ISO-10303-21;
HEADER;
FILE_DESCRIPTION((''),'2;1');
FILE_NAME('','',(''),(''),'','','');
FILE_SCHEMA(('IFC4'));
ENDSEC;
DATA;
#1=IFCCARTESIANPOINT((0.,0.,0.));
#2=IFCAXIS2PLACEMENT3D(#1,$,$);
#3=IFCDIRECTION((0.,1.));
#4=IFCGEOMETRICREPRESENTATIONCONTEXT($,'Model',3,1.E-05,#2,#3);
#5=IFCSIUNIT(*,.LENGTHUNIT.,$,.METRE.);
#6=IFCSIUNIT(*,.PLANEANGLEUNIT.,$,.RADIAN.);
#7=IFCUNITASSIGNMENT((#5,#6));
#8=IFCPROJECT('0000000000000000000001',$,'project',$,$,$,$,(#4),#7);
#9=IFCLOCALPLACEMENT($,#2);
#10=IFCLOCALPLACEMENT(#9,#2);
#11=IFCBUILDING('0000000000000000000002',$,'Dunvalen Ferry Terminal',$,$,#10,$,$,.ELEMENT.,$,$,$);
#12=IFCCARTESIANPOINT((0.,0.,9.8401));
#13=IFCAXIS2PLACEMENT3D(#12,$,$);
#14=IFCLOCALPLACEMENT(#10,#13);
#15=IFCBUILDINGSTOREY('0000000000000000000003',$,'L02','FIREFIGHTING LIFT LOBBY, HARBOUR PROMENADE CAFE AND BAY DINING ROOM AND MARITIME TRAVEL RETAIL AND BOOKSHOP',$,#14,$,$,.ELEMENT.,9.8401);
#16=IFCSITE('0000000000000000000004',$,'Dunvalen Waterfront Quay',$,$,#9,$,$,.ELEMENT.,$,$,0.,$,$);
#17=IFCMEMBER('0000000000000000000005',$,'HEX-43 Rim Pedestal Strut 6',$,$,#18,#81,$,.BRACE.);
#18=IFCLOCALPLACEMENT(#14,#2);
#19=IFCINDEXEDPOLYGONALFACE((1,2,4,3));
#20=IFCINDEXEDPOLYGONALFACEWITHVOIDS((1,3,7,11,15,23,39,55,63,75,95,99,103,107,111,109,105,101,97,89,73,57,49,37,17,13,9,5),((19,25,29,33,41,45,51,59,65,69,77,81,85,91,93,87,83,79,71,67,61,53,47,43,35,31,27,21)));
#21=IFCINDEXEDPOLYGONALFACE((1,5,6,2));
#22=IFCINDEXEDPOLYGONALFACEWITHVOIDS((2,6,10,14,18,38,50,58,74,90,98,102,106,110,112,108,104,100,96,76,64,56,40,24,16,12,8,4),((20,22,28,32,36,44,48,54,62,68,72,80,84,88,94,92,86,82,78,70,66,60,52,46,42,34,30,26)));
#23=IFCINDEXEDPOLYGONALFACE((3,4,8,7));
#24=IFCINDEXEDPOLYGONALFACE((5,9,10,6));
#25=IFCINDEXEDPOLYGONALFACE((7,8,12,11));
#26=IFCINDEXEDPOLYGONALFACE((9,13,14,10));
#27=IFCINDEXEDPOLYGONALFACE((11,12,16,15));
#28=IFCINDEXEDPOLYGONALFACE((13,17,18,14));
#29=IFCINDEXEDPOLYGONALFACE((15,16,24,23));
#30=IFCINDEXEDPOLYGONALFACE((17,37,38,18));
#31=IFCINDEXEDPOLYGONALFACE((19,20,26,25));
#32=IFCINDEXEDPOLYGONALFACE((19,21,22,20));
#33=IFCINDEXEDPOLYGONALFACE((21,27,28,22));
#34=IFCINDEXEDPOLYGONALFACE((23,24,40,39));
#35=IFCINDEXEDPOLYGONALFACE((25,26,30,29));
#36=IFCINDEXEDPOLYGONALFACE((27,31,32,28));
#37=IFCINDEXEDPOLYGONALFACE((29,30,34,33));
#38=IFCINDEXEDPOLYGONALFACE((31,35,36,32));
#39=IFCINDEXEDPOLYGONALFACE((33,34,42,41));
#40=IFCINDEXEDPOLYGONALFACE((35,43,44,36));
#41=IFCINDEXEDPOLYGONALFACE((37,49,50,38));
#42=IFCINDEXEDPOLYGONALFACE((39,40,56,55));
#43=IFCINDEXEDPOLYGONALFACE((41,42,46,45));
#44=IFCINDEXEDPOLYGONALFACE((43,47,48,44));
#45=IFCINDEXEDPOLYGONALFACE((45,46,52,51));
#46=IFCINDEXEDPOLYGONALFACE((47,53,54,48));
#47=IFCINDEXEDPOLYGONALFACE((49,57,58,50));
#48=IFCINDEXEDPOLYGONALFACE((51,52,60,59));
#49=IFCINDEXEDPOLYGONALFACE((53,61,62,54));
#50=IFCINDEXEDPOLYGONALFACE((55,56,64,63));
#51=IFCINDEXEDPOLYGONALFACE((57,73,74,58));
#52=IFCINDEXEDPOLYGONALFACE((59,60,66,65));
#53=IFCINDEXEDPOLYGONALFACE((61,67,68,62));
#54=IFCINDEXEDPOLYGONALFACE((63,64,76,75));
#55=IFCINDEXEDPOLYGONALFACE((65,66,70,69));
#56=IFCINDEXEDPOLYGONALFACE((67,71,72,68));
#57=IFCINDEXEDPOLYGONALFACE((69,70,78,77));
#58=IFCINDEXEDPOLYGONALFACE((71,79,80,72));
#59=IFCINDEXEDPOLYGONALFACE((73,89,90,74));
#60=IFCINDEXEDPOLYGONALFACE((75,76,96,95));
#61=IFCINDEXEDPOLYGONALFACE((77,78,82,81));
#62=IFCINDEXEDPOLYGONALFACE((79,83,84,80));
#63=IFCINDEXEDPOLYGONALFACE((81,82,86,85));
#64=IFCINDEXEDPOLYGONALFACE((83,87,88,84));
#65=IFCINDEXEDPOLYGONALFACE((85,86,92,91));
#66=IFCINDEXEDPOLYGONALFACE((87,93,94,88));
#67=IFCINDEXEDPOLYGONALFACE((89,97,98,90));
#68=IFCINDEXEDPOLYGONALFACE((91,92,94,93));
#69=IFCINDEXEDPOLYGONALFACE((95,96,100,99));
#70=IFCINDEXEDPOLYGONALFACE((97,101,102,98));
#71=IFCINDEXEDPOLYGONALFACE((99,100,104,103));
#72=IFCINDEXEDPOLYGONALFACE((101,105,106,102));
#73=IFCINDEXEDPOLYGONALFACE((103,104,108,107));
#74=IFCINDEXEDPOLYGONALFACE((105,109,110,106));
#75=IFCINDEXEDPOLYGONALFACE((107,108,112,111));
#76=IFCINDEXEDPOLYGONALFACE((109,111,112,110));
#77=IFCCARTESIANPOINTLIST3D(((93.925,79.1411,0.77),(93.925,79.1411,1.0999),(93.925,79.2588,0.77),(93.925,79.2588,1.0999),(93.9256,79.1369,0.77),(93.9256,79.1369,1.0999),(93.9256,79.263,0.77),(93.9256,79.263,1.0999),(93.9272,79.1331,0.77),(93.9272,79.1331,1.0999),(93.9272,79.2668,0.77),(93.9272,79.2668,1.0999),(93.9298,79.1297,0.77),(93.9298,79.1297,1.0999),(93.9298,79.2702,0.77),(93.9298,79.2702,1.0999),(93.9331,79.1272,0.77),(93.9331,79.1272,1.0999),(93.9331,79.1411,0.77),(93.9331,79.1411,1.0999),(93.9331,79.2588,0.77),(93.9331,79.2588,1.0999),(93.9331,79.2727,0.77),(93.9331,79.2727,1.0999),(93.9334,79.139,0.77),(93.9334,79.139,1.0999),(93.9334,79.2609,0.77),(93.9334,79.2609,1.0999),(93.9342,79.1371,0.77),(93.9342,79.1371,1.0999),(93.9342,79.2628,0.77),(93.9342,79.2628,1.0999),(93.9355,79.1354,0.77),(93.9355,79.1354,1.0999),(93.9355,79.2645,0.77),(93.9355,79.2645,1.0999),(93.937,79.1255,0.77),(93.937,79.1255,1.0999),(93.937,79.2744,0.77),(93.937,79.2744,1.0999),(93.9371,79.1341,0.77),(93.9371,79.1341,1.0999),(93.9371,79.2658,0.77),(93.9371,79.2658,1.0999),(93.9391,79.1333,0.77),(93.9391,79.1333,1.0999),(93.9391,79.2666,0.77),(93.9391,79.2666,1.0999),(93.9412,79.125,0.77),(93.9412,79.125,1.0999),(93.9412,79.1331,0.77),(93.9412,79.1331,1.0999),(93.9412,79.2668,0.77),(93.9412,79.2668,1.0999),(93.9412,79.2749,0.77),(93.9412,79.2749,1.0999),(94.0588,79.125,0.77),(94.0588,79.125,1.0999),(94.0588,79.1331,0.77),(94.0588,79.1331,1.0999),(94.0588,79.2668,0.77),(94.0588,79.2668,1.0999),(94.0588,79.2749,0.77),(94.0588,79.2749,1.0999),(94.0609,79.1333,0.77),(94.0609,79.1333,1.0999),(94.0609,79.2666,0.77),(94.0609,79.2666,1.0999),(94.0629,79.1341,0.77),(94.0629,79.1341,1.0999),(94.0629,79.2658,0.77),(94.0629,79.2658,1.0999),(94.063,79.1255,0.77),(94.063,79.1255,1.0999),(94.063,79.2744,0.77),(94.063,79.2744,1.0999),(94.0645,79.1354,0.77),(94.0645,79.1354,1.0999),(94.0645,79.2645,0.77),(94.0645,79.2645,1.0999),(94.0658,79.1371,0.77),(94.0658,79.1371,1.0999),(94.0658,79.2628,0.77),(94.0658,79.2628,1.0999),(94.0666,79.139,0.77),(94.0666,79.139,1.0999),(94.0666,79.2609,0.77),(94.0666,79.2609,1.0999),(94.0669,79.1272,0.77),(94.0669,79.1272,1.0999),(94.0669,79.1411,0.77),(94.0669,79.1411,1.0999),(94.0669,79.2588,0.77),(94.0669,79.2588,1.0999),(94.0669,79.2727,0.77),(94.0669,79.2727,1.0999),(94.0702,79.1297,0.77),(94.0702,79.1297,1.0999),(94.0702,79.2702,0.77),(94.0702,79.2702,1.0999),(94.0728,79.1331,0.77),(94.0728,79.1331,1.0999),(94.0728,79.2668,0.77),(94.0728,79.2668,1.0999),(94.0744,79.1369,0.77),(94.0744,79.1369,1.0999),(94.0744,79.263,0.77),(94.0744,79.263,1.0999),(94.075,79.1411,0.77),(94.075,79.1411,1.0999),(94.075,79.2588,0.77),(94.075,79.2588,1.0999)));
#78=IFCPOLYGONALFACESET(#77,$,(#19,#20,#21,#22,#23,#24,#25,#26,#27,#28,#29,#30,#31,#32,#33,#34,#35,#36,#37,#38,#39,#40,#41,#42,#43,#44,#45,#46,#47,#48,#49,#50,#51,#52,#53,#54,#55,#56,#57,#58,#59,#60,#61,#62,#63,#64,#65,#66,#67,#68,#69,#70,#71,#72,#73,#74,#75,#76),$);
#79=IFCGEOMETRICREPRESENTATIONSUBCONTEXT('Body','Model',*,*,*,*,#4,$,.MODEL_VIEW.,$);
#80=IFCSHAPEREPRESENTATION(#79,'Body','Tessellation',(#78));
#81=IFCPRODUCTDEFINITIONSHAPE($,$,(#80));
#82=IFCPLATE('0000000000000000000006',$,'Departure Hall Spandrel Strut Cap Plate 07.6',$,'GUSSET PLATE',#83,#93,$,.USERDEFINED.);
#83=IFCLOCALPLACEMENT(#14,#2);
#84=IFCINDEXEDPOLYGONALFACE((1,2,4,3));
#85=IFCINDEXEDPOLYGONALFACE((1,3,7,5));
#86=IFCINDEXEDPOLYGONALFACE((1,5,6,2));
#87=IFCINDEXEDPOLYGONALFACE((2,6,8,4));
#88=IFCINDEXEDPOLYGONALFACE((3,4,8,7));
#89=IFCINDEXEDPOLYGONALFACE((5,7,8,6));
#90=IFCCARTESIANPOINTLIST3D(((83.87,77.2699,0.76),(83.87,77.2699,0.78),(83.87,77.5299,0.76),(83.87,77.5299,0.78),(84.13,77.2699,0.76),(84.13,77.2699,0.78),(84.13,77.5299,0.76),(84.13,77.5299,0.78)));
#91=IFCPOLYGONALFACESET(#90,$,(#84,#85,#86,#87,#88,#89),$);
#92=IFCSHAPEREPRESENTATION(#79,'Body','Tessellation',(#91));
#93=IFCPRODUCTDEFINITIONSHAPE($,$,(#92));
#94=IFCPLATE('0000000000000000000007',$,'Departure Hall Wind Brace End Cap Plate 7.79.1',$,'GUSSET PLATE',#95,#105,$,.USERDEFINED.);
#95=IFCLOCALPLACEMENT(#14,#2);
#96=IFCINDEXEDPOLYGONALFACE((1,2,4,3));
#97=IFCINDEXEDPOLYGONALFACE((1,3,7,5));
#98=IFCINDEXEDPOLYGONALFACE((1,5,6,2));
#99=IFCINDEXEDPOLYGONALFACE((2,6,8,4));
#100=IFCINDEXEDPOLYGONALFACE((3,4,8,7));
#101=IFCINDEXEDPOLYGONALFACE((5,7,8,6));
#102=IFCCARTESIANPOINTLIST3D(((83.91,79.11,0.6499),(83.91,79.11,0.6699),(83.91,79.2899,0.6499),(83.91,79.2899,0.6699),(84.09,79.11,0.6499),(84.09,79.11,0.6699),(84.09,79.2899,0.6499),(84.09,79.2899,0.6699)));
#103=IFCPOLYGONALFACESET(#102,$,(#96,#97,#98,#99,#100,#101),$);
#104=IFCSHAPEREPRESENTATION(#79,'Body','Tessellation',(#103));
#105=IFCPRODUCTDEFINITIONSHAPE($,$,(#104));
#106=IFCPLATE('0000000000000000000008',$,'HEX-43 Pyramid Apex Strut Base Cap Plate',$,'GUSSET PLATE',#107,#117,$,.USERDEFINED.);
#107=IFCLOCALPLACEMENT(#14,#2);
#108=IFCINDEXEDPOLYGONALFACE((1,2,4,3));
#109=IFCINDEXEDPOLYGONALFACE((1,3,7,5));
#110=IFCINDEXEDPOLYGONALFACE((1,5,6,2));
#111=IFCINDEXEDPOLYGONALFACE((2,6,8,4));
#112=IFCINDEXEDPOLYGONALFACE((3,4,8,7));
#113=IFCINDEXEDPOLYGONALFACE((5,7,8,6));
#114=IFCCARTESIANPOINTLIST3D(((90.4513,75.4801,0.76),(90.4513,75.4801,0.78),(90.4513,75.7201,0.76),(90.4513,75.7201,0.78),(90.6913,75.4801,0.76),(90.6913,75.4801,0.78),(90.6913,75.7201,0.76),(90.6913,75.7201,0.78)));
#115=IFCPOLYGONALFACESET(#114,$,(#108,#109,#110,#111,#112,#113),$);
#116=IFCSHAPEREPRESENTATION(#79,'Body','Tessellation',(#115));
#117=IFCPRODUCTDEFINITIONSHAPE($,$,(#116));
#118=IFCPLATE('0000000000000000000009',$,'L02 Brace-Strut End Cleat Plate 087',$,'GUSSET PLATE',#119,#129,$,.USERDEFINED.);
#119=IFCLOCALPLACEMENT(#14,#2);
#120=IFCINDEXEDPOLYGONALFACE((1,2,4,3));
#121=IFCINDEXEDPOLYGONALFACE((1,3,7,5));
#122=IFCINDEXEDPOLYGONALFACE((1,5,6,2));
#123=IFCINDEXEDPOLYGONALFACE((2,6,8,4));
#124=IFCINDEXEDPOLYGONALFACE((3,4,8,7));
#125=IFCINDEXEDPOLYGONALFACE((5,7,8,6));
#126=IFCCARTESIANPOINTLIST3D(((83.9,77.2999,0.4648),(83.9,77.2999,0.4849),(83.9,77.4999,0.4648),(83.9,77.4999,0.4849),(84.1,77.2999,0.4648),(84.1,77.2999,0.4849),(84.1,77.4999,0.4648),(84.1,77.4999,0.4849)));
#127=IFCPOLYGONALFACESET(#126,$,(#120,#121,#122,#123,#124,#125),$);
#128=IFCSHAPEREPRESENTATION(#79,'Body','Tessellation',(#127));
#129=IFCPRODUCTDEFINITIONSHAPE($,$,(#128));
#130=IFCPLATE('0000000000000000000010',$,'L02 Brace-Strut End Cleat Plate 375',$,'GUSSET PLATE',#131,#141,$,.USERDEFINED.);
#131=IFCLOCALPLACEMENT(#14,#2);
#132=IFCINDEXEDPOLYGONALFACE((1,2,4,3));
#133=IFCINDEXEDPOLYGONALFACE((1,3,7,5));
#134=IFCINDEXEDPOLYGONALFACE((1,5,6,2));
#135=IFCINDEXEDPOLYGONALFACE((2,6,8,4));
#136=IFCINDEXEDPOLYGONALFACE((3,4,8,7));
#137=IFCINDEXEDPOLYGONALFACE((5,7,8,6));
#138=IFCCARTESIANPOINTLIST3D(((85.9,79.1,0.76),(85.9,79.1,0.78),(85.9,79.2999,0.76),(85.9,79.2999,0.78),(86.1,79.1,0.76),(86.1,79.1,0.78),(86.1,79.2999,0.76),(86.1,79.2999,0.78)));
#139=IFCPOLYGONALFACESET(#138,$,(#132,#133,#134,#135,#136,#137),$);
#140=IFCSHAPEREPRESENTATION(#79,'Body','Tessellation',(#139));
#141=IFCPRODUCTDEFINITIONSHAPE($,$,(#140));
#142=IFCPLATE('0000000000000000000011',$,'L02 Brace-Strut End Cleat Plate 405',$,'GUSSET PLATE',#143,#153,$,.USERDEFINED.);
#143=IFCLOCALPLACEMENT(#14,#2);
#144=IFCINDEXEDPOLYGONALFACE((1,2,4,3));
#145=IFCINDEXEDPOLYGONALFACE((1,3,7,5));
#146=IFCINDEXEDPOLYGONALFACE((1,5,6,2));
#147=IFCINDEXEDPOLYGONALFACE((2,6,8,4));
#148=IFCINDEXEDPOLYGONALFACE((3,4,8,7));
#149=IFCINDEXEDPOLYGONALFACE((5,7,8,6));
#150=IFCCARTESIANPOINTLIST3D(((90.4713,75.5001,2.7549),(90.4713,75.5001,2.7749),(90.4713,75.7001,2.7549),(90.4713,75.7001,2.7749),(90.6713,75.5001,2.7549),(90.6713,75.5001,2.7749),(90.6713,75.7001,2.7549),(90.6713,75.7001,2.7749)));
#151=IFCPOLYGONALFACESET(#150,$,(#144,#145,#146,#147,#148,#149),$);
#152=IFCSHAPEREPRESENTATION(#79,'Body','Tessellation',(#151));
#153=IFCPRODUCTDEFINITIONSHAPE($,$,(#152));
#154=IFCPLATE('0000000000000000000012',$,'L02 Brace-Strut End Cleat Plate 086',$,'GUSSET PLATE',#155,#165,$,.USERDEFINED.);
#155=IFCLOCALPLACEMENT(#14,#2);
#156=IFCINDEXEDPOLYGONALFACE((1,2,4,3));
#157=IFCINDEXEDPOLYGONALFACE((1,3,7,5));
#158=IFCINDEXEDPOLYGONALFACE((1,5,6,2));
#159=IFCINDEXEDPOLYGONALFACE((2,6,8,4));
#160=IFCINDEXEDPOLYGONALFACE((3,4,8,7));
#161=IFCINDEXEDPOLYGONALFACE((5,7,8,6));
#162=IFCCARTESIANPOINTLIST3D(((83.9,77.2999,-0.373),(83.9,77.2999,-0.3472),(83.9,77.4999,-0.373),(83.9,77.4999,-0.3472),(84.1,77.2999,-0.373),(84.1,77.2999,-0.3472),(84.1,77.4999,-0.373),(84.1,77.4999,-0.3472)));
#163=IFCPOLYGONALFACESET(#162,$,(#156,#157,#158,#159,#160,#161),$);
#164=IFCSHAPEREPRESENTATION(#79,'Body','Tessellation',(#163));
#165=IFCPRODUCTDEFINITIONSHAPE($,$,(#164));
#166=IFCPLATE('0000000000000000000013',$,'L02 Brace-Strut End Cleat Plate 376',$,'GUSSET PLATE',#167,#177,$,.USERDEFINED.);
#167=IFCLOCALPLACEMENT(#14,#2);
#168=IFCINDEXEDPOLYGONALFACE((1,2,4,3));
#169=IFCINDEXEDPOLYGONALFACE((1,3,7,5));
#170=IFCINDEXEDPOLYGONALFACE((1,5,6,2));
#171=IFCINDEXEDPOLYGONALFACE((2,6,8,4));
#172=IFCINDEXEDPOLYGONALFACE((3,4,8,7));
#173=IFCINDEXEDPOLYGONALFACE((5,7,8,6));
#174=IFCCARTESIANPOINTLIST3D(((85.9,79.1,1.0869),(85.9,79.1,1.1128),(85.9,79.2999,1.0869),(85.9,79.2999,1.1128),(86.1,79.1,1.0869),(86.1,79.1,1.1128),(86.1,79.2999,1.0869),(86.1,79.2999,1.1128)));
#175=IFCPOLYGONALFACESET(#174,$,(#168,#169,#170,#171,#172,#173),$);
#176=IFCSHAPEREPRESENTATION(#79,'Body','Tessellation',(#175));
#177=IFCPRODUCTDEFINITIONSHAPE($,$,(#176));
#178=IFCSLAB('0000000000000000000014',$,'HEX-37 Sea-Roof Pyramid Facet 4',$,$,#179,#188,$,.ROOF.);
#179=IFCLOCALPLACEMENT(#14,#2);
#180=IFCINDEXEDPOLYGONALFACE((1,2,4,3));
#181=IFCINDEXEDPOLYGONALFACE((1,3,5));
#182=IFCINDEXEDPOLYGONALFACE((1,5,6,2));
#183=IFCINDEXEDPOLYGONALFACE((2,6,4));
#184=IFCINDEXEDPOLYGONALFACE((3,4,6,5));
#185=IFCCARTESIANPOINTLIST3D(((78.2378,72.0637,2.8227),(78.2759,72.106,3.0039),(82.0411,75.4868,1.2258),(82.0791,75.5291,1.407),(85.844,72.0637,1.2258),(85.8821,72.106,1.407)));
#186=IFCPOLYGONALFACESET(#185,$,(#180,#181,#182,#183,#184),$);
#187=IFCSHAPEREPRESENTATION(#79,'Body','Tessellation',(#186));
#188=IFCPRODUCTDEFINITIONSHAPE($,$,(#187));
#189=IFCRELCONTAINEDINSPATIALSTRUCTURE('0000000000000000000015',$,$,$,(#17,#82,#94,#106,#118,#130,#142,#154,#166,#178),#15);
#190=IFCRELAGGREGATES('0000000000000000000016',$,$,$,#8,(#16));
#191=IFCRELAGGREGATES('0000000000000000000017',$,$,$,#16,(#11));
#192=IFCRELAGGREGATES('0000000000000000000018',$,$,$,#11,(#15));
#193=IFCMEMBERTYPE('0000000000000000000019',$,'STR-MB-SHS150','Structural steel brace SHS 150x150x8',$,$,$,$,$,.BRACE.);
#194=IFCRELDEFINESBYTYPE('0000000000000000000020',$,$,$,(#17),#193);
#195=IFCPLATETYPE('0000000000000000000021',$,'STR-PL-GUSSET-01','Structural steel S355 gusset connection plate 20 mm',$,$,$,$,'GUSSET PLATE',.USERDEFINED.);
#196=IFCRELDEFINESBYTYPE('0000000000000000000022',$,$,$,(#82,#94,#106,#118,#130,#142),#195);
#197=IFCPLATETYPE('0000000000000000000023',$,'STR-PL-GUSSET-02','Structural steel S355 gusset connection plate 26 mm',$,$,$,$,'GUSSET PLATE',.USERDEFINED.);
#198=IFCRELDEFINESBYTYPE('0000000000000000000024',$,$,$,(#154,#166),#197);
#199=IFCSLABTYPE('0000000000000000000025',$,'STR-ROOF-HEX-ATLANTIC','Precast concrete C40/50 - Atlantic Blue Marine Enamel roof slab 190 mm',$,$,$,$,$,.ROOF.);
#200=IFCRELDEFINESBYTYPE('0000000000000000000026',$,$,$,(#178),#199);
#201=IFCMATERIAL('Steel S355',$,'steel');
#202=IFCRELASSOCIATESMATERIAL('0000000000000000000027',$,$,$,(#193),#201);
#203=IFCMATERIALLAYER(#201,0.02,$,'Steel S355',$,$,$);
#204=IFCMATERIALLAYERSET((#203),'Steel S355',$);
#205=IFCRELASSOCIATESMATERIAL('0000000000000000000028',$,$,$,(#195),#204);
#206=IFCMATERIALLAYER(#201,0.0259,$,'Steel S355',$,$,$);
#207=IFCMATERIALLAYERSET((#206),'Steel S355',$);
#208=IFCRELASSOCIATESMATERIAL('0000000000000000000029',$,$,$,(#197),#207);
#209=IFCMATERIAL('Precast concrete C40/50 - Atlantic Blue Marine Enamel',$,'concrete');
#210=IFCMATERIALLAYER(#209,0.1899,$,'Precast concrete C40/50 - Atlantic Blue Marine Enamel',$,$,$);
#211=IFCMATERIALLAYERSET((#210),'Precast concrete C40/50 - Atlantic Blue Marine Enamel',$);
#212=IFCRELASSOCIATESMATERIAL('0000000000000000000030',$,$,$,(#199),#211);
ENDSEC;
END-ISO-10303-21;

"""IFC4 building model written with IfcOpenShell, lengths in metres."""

from ifc_helpers import new_model, si_unit, direction, frame, origin, origin_2d, place, context, subcontext, project, spatial, polyline, rectangle, hollow_rectangle, outline, extrude, material, layer, layer_set, material_profile, profile_set, type_object, element, save


model = new_model("IFC4")

# Units and contexts
model_context = context("Model", 3, precision=1e-05, world=origin(), true_north=direction((0.0, 1.0)))
body_context = subcontext(model_context, "Body", "Model", "MODEL_VIEW")
ifc_project = project(units=[si_unit("LENGTHUNIT", "METRE"), si_unit("PLANEANGLEUNIT", "RADIAN")], contexts=[model_context])

# Site, building, storey
site_placement = place(None, origin())
site = spatial("IfcSite", under=ifc_project, at=site_placement, Name="Dunvalen Waterfront Quay", CompositionType="ELEMENT", RefElevation=0.0)
building_placement = place(site_placement, origin())
building = spatial("IfcBuilding", under=site, at=building_placement, Name="Dunvalen Ferry Terminal", CompositionType="ELEMENT")
storey_placement = place(building_placement, frame((0.0, 0.0, 9.8401)))
storey = spatial("IfcBuildingStorey", under=building, at=storey_placement, Name="L02", Description="FIREFIGHTING LIFT LOBBY, HARBOUR PROMENADE CAFE AND BAY DINING ROOM AND MARITIME TRAVEL RETAIL AND BOOKSHOP", CompositionType="ELEMENT", Elevation=9.8401)

# Shared definitions
ifc_material_1 = material(Name="Steel S355", Category="steel")

# Member
ifc_material_profile_1 = material_profile(ifc_material_1, hollow_rectangle(XDim=0.1499, YDim=0.1499, WallThickness=0.0081, InnerFilletRadius=0.0081, OuterFilletRadius=0.0161, at=origin_2d()), Name="Steel S355")
ifc_profile_set_1 = profile_set([ifc_material_profile_1], Name="Steel S355")
member_type_1 = type_object("IfcMemberType", Name="STR-MB-SHS150", Description="Structural steel brace SHS 150x150x8", PredefinedType="BRACE", material=ifc_profile_set_1)
for number, where, z_axis, x_axis, name in (
    (1, (94.0, 79.2, 0.77), (0.0, 0.0, 1.0), (1.0, 0.0, 0.0), "HEX-43 Rim Pedestal Strut 6"),
):
    element("IfcMember", number, at=place(storey_placement, frame(where, z_axis=z_axis, x_axis=x_axis)), inside=storey, type_object=member_type_1, Name=name, PredefinedType="BRACE", context=body_context, shape_type="SweptSolid", body=[
        extrude(hollow_rectangle(XDim=0.1499, YDim=0.1499, WallThickness=0.0081, InnerFilletRadius=0.0081, OuterFilletRadius=0.0161, at=origin_2d()), origin(), (0.0, 0.0, 1.0), 0.3298),
    ])

# Plates
ifc_layer_1 = layer(ifc_material_1, 0.02, Name="Steel S355")
ifc_layer_set_1 = layer_set([ifc_layer_1], Name="Steel S355")
plate_type_1 = type_object("IfcPlateType", Name="STR-PL-GUSSET-01", Description="Structural steel S355 gusset connection plate 20 mm", ElementType="GUSSET PLATE", PredefinedType="USERDEFINED", material=ifc_layer_set_1)
plate_1_placement = place(storey_placement, frame((84.0, 77.3999, 0.76), z_axis=(0.0, 0.0, 1.0), x_axis=(1.0, 0.0, 0.0)))
element("IfcPlate", 2, at=plate_1_placement, inside=storey, type_object=plate_type_1, Name="Departure Hall Spandrel Strut Cap Plate 07.6", ObjectType="GUSSET PLATE", PredefinedType="USERDEFINED", context=body_context, shape_type="SweptSolid", body=[
    extrude(rectangle(XDim=0.26, YDim=0.26, at=origin_2d()), origin(), (0.0, 0.0, 1.0), 0.02),
])
plate_2_placement = place(storey_placement, frame((84.0, 79.2, 0.6499), z_axis=(0.0, 0.0, 1.0), x_axis=(1.0, 0.0, 0.0)))
element("IfcPlate", 3, at=plate_2_placement, inside=storey, type_object=plate_type_1, Name="Departure Hall Wind Brace End Cap Plate 7.79.1", ObjectType="GUSSET PLATE", PredefinedType="USERDEFINED", context=body_context, shape_type="SweptSolid", body=[
    extrude(rectangle(XDim=0.1799, YDim=0.1799, at=origin_2d()), origin(), (0.0, 0.0, 1.0), 0.02),
])
plate_3_placement = place(storey_placement, frame((90.5713, 75.6001, 0.76), z_axis=(0.0, 0.0, 1.0), x_axis=(1.0, 0.0, 0.0)))
element("IfcPlate", 4, at=plate_3_placement, inside=storey, type_object=plate_type_1, Name="HEX-43 Pyramid Apex Strut Base Cap Plate", ObjectType="GUSSET PLATE", PredefinedType="USERDEFINED", context=body_context, shape_type="SweptSolid", body=[
    extrude(rectangle(XDim=0.24, YDim=0.24, at=origin_2d()), origin(), (0.0, 0.0, 1.0), 0.02),
])
for number, where, z_axis, x_axis, name in (
    (5, (84.0, 77.3999, 0.4648), (0.0, 0.0, 1.0), (1.0, 0.0, 0.0), "L02 Brace-Strut End Cleat Plate 087"),
    (6, (86.0, 79.2, 0.76), (0.0, 0.0, 1.0), (1.0, 0.0, 0.0), "L02 Brace-Strut End Cleat Plate 375"),
    (7, (90.5713, 75.6001, 2.7549), (0.0, 0.0, 1.0), (1.0, 0.0, 0.0), "L02 Brace-Strut End Cleat Plate 405"),
):
    element("IfcPlate", number, at=place(storey_placement, frame(where, z_axis=z_axis, x_axis=x_axis)), inside=storey, type_object=plate_type_1, Name=name, ObjectType="GUSSET PLATE", PredefinedType="USERDEFINED", context=body_context, shape_type="SweptSolid", body=[
        extrude(rectangle(XDim=0.2, YDim=0.2, at=origin_2d()), origin(), (0.0, 0.0, 1.0), 0.02),
    ])
ifc_layer_2 = layer(ifc_material_1, 0.0259, Name="Steel S355")
ifc_layer_set_2 = layer_set([ifc_layer_2], Name="Steel S355")
plate_type_2 = type_object("IfcPlateType", Name="STR-PL-GUSSET-02", Description="Structural steel S355 gusset connection plate 26 mm", ElementType="GUSSET PLATE", PredefinedType="USERDEFINED", material=ifc_layer_set_2)
for number, where, z_axis, x_axis, name in (
    (8, (84.0, 77.3999, -0.373), (0.0, 0.0, 1.0), (1.0, 0.0, 0.0), "L02 Brace-Strut End Cleat Plate 086"),
    (9, (86.0, 79.2, 1.0869), (0.0, 0.0, 1.0), (1.0, 0.0, 0.0), "L02 Brace-Strut End Cleat Plate 376"),
):
    element("IfcPlate", number, at=place(storey_placement, frame(where, z_axis=z_axis, x_axis=x_axis)), inside=storey, type_object=plate_type_2, Name=name, ObjectType="GUSSET PLATE", PredefinedType="USERDEFINED", context=body_context, shape_type="SweptSolid", body=[
        extrude(rectangle(XDim=0.2, YDim=0.2, at=origin_2d()), origin(), (0.0, 0.0, 1.0), 0.0259),
    ])

# Slab
ifc_material_2 = material(Name="Precast concrete C40/50 - Atlantic Blue Marine Enamel", Category="concrete")
ifc_layer_3 = layer(ifc_material_2, 0.1899, Name="Precast concrete C40/50 - Atlantic Blue Marine Enamel")
ifc_layer_set_3 = layer_set([ifc_layer_3], Name="Precast concrete C40/50 - Atlantic Blue Marine Enamel")
slab_type_1 = type_object("IfcSlabType", Name="STR-ROOF-HEX-ATLANTIC", Description="Precast concrete C40/50 - Atlantic Blue Marine Enamel roof slab 190 mm", PredefinedType="ROOF", material=ifc_layer_set_3)
slab_1_placement = place(storey_placement, frame((85.8821, 72.106, 1.407), z_axis=(0.200318, 0.222548, 0.95412), x_axis=(-0.743254, 0.66901, 0.0)))
element("IfcSlab", 10, at=slab_1_placement, inside=storey, type_object=slab_type_1, Name="HEX-37 Sea-Roof Pyramid Facet 4", PredefinedType="ROOF", context=body_context, shape_type="SweptSolid", body=[
    extrude(outline(polyline([(0.0, 0.0), (5.1167, 0.0), (5.6533, 5.3333), (0.0, 0.0)])), origin(), (0.0, 0.0, -1.0), 0.1899),
])

save(model, "model.ifc")
